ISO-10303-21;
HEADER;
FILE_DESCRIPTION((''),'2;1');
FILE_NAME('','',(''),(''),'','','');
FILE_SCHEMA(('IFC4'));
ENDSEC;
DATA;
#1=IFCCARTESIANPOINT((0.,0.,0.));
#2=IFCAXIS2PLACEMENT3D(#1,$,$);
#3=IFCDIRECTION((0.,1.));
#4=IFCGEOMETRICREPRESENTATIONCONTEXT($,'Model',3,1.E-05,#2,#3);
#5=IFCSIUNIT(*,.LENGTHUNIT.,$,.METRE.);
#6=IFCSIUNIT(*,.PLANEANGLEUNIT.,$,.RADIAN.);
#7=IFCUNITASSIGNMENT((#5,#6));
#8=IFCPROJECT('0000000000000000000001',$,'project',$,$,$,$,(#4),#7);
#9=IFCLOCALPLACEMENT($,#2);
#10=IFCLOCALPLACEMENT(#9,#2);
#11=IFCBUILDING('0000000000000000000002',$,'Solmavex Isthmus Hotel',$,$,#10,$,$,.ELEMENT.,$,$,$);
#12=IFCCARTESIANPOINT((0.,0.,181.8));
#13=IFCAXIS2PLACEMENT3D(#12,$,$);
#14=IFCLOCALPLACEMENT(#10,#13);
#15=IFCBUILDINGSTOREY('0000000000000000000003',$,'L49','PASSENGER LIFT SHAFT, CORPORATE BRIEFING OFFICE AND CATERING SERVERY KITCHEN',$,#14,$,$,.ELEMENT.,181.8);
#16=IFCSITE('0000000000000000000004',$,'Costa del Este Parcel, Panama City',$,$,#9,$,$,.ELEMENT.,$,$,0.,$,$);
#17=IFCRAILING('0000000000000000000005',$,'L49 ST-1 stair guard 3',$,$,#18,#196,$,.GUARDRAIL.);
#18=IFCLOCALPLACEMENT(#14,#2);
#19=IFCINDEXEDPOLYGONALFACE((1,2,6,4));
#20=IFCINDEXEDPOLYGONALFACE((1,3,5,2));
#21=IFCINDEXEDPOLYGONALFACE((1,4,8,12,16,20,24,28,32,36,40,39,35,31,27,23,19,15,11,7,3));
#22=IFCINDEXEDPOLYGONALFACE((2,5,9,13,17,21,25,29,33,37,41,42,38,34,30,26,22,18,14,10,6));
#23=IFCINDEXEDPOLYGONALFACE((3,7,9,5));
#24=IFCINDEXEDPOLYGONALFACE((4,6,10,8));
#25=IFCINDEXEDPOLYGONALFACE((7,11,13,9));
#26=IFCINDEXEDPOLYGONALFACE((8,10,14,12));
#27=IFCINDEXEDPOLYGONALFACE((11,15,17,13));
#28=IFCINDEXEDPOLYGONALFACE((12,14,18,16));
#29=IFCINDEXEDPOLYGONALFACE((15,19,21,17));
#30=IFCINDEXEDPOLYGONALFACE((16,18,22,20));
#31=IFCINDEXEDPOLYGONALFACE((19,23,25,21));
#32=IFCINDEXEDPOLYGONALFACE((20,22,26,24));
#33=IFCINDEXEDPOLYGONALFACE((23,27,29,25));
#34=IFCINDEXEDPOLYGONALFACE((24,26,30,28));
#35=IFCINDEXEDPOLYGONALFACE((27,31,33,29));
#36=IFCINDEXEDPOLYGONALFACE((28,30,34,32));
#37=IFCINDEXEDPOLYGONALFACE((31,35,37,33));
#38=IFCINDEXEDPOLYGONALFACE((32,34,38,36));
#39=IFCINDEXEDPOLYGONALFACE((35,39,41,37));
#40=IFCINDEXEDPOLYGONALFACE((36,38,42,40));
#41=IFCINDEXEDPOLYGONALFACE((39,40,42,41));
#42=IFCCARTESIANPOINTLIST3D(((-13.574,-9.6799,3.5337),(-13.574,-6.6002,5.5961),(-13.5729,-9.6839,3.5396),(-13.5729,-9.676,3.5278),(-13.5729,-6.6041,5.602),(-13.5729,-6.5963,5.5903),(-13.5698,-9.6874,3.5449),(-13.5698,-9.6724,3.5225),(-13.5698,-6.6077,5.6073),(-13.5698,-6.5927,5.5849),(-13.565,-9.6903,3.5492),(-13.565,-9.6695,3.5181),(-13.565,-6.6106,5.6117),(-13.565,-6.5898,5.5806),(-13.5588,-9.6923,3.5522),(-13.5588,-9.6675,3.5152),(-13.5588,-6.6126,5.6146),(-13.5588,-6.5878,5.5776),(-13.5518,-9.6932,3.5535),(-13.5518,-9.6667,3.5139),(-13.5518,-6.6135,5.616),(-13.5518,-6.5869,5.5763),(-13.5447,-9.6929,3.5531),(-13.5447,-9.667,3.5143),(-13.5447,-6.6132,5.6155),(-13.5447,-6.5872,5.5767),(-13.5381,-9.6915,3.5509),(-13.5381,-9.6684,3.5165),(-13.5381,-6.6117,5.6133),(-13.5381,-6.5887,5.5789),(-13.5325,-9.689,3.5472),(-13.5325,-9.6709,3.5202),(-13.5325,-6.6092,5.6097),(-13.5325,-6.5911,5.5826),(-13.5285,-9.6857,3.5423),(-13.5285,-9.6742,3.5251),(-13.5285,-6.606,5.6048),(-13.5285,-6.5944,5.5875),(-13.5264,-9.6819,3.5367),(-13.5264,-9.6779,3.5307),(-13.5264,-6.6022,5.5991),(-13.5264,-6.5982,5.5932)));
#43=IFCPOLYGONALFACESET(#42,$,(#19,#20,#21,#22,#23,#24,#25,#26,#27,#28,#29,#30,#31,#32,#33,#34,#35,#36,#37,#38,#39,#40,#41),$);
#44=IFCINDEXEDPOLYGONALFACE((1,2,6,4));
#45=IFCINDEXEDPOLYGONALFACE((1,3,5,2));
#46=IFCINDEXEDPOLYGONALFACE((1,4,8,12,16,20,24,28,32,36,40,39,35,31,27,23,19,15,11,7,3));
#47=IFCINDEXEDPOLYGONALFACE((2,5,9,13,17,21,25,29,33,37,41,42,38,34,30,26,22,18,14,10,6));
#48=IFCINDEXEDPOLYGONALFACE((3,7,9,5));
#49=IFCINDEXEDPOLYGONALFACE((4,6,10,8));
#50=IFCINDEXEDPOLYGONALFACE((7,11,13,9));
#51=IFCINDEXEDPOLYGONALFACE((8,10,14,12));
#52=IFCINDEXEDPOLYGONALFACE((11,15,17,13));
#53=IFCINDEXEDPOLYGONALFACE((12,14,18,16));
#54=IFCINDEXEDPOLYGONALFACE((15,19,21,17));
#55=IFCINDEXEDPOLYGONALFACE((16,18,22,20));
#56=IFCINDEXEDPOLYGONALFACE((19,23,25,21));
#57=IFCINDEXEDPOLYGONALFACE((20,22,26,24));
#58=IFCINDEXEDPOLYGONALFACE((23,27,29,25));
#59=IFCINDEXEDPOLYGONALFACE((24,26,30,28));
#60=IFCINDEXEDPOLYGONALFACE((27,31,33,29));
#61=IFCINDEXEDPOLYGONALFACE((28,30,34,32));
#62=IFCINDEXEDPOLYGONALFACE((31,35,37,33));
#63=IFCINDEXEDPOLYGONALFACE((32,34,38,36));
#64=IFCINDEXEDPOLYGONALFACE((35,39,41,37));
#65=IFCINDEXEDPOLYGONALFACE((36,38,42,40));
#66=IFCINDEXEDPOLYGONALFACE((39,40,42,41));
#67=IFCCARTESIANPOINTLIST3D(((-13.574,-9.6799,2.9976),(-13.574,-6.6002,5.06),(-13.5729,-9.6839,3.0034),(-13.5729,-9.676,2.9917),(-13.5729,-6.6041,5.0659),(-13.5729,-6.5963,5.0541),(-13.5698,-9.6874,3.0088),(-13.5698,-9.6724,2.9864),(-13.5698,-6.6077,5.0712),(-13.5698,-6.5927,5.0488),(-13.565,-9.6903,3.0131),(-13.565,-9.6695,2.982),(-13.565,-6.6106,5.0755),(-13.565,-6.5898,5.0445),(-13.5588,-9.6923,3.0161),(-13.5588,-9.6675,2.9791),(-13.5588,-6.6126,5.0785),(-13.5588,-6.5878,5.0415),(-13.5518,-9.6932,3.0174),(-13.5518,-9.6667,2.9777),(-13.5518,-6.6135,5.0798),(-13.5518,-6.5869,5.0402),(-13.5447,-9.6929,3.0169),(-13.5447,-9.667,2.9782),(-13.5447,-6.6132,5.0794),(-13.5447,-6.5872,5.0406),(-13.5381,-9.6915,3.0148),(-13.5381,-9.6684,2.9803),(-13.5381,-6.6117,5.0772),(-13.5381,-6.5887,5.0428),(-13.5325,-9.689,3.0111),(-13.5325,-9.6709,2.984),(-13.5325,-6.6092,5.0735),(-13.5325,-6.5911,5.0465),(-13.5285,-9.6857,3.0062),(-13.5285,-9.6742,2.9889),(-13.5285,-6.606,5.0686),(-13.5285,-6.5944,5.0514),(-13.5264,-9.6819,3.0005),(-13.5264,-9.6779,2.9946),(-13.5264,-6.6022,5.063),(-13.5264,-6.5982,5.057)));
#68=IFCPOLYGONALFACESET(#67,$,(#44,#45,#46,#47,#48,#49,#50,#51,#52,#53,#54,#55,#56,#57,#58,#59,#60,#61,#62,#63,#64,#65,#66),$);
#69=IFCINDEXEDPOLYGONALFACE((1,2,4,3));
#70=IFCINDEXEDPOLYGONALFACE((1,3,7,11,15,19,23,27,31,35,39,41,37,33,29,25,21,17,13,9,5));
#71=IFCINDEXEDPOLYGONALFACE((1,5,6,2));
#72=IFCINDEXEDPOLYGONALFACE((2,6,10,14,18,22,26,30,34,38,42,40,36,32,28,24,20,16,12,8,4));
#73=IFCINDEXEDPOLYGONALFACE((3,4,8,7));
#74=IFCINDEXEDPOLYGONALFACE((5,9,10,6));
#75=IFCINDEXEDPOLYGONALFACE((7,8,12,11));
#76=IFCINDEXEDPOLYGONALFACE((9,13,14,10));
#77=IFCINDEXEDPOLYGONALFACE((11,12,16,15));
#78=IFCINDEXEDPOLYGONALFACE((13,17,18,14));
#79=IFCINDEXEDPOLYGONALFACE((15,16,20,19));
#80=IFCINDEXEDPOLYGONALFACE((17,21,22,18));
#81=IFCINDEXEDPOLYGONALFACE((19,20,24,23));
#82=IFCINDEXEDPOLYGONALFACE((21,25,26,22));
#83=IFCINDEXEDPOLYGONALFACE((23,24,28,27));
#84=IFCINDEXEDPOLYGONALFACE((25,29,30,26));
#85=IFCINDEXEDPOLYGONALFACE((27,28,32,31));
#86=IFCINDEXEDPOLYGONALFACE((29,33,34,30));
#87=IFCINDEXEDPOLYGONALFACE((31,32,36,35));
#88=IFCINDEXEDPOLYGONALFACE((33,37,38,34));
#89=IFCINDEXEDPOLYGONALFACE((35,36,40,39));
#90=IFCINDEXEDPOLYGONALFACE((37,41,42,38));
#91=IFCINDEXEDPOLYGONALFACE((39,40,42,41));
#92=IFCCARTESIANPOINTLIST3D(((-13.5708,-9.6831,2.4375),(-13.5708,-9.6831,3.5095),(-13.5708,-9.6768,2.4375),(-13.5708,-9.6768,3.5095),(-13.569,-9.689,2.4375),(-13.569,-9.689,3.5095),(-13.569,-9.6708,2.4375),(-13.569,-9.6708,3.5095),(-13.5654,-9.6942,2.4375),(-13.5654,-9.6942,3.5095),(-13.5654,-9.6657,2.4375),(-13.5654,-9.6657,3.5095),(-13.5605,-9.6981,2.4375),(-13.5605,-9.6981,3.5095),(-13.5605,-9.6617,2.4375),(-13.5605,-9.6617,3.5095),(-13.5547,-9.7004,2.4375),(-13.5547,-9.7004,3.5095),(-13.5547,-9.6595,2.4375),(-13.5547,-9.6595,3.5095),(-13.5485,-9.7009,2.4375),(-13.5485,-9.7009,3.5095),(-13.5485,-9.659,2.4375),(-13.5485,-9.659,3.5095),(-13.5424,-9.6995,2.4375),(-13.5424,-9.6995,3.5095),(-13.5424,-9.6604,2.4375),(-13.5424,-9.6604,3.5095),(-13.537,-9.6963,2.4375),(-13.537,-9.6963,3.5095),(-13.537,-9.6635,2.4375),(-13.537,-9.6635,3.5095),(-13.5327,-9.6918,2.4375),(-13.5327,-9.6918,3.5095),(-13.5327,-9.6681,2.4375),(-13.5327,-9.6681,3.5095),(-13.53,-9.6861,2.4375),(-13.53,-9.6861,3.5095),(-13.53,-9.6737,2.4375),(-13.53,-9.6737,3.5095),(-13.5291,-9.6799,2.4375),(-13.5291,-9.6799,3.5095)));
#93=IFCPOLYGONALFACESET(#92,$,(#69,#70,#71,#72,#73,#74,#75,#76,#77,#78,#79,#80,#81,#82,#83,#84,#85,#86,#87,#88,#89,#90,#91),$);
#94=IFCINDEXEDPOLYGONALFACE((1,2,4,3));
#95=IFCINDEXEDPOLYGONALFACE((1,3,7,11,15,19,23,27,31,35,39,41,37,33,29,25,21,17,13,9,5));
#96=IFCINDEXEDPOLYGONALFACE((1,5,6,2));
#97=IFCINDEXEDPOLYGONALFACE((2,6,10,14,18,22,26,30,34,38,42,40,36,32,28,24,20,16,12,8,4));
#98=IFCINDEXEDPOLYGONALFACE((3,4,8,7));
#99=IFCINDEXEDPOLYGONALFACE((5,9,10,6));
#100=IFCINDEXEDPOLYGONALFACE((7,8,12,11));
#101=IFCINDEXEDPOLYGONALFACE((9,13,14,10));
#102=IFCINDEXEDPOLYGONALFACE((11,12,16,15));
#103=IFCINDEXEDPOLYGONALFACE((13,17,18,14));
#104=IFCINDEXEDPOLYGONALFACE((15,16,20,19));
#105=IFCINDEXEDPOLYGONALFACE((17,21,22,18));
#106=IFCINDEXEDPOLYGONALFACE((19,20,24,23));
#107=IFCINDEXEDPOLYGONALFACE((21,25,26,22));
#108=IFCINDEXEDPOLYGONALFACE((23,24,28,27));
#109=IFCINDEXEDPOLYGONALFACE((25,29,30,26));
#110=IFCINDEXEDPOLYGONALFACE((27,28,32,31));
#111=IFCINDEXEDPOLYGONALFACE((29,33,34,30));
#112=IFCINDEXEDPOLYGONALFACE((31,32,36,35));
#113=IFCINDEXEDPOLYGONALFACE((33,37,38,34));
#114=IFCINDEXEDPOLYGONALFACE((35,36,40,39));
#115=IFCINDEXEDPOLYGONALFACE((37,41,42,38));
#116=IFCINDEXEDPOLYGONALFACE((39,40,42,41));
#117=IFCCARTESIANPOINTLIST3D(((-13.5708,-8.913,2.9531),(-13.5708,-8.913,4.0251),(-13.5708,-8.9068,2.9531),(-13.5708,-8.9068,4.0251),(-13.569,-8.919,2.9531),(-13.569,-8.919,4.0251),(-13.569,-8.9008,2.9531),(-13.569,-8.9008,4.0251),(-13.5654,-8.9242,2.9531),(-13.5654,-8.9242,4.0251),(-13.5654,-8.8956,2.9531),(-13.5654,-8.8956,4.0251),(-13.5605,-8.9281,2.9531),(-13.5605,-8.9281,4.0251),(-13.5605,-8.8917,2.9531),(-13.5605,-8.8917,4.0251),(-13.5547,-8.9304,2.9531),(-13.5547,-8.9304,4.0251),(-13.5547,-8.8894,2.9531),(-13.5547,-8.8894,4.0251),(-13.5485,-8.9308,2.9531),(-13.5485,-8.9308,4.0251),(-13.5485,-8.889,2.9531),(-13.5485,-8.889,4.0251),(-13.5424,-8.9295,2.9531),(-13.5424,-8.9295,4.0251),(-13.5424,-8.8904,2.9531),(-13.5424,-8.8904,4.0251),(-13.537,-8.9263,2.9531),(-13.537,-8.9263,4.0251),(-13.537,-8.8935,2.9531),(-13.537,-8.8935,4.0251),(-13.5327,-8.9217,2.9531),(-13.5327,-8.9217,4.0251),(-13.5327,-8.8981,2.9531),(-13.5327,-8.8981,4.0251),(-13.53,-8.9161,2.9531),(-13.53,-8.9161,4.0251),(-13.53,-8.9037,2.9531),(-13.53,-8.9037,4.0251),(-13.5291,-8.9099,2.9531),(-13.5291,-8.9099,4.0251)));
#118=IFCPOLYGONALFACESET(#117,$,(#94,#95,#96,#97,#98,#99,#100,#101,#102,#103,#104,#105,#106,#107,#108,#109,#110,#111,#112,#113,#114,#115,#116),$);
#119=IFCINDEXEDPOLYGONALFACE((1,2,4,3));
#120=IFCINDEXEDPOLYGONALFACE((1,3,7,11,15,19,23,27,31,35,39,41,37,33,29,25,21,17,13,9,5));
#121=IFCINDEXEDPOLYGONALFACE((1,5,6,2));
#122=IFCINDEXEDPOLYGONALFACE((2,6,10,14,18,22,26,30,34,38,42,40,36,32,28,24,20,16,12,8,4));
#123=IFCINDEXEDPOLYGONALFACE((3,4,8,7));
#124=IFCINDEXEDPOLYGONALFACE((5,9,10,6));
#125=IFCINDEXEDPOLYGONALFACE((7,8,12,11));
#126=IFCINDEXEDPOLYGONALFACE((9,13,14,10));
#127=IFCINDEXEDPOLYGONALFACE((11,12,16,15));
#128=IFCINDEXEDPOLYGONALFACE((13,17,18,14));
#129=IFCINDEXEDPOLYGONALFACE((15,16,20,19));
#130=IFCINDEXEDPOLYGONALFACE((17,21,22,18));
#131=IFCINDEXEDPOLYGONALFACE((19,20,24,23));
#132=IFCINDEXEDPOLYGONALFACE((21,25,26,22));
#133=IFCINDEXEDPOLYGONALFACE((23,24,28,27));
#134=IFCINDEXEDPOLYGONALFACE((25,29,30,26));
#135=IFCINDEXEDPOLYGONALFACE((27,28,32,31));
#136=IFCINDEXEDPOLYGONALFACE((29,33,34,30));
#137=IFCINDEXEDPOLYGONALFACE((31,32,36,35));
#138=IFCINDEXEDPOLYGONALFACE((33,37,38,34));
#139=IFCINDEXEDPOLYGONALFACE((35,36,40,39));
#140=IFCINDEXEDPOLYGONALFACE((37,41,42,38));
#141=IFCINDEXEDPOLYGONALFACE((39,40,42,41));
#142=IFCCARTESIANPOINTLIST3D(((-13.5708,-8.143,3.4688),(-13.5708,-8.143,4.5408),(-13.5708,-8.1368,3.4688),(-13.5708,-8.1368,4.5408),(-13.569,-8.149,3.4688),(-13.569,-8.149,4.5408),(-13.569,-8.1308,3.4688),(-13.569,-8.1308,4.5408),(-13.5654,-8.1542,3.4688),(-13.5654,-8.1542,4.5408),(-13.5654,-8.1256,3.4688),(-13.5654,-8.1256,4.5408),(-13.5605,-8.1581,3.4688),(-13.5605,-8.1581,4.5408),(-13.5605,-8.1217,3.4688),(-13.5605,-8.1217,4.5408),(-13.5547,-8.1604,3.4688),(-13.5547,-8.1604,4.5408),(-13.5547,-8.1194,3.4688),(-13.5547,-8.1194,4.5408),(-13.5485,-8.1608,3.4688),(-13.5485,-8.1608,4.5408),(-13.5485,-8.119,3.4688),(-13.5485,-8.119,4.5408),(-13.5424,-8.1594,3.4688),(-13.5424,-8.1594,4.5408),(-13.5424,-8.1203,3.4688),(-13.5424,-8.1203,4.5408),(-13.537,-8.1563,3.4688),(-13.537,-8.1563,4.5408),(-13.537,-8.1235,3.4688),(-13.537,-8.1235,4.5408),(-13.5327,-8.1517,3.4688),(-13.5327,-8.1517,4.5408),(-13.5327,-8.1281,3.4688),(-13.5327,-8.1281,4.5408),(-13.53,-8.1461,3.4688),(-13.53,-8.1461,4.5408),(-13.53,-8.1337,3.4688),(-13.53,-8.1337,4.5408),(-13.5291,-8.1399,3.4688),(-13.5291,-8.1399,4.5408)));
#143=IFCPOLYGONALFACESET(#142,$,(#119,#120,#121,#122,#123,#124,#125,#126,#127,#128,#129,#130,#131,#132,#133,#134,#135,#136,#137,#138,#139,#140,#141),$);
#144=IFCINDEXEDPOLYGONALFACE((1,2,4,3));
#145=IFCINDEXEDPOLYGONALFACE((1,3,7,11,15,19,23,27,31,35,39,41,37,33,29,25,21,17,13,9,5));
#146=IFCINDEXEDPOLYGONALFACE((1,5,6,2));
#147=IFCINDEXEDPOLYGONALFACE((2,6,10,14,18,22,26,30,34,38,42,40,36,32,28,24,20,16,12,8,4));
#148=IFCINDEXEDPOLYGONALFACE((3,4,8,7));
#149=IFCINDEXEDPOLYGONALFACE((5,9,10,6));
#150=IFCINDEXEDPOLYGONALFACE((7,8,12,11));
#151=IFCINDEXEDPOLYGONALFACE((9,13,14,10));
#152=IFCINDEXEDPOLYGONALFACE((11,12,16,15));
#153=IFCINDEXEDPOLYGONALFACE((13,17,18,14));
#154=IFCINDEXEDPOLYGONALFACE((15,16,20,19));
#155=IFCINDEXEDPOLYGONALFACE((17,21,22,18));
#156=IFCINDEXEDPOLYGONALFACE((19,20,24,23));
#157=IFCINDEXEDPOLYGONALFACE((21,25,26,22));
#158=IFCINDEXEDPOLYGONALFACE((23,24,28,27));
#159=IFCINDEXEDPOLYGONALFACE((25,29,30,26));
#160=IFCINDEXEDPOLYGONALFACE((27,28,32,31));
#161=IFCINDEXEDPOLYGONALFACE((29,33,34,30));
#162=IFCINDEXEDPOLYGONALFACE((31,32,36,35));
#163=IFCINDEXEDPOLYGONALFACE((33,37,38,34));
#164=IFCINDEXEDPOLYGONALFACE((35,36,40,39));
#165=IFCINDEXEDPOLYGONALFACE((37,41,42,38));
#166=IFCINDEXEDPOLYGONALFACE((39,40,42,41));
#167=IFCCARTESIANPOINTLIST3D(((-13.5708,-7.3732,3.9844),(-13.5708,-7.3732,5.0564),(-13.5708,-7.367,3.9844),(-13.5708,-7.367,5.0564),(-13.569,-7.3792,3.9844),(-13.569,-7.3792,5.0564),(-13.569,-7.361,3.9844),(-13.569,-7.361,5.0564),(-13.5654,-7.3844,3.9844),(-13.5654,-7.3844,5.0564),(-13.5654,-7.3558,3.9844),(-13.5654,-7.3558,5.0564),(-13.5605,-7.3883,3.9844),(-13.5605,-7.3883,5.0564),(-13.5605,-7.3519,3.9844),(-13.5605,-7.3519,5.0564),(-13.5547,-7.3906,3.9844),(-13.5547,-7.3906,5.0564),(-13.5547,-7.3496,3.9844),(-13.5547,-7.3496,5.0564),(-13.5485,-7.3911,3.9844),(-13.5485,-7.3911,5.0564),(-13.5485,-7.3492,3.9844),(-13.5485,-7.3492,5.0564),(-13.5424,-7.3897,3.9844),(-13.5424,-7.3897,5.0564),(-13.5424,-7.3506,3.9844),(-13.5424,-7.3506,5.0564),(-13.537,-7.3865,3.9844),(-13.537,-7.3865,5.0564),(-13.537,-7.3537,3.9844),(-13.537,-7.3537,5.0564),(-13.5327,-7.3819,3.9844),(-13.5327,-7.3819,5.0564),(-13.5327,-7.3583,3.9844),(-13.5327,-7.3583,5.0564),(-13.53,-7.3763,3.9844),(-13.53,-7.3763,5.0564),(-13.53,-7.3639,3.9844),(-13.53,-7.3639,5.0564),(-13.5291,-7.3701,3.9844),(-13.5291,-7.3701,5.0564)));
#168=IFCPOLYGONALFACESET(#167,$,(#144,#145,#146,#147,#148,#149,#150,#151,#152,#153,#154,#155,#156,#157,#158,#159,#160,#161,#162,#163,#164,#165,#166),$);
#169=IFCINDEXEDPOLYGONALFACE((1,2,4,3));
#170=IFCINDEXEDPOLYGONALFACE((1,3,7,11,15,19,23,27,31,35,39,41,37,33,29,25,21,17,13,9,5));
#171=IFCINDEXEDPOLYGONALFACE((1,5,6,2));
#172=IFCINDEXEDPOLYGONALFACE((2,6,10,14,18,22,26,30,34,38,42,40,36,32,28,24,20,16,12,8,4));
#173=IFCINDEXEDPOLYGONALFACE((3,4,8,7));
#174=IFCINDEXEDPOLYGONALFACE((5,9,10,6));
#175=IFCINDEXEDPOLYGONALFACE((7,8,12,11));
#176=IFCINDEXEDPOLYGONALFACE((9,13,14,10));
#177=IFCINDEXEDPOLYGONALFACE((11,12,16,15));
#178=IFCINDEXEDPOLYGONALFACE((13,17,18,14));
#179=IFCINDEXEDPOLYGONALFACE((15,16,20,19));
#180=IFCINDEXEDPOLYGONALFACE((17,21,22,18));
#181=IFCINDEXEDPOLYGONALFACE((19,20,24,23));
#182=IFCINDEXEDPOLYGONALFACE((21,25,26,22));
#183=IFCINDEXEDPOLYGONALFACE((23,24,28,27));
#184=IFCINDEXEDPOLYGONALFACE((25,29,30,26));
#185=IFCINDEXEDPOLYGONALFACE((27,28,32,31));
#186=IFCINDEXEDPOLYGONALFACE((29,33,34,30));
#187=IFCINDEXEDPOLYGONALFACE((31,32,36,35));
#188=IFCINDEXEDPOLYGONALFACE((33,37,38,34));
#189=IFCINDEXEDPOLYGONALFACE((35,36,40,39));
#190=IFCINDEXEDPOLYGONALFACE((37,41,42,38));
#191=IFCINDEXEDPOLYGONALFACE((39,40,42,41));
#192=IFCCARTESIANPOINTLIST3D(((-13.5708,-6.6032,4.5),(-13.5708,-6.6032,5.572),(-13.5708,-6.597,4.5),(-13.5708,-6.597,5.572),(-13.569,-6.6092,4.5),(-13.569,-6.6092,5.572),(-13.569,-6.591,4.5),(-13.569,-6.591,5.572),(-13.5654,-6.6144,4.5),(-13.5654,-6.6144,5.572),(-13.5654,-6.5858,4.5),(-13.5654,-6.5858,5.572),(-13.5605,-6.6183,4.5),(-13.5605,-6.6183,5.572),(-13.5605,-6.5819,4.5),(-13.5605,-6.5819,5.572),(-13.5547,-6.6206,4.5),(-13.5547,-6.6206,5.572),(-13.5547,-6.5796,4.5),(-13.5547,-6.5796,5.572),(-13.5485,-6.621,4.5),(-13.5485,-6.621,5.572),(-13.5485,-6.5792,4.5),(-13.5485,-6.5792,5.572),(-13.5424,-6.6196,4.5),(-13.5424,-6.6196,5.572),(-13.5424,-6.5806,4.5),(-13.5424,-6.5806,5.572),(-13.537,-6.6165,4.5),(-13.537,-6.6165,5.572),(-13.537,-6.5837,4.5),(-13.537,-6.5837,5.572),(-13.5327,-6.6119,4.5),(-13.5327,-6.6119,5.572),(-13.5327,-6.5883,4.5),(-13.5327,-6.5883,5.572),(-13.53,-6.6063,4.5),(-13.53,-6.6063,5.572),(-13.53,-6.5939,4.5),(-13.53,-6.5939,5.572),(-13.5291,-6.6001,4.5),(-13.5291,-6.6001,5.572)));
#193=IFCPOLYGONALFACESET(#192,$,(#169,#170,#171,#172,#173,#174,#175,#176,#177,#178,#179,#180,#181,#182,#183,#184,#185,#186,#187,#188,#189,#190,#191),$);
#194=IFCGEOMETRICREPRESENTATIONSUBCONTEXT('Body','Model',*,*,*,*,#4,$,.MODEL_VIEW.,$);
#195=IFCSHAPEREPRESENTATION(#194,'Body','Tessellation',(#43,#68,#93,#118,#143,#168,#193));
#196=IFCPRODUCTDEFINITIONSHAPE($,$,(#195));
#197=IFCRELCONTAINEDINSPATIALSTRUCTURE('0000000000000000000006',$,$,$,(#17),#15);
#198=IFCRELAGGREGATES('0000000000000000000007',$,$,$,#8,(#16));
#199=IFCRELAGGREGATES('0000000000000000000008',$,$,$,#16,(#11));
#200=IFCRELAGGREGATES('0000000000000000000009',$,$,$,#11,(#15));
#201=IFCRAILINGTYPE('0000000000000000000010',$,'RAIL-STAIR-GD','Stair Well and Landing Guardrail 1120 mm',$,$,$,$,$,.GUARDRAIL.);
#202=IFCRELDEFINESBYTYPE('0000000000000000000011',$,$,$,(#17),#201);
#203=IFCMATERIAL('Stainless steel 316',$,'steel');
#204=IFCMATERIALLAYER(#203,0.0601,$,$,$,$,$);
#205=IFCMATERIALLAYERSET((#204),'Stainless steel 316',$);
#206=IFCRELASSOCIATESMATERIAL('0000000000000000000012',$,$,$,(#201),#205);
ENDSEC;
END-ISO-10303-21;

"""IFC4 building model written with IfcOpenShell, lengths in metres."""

from ifc_helpers import new_model, si_unit, direction, frame, origin, origin_2d, place, context, subcontext, project, spatial, circle, extrude, material, layer, layer_set, type_object, element, save


model = new_model("IFC4")

# Units and contexts
model_context = context("Model", 3, precision=1e-05, world=origin(), true_north=direction((0.0, 1.0)))
body_context = subcontext(model_context, "Body", "Model", "MODEL_VIEW")
ifc_project = project(units=[si_unit("LENGTHUNIT", "METRE"), si_unit("PLANEANGLEUNIT", "RADIAN")], contexts=[model_context])

# Site, building, storey
site_placement = place(None, origin())
site = spatial("IfcSite", under=ifc_project, at=site_placement, Name="Costa del Este Parcel, Panama City", CompositionType="ELEMENT", RefElevation=0.0)
building_placement = place(site_placement, origin())
building = spatial("IfcBuilding", under=site, at=building_placement, Name="Solmavex Isthmus Hotel", CompositionType="ELEMENT")
storey_placement = place(building_placement, frame((0.0, 0.0, 181.8)))
storey = spatial("IfcBuildingStorey", under=building, at=storey_placement, Name="L49", Description="PASSENGER LIFT SHAFT, CORPORATE BRIEFING OFFICE AND CATERING SERVERY KITCHEN", CompositionType="ELEMENT", Elevation=181.8)

# Railing
ifc_material_1 = material(Name="Stainless steel 316", Category="steel")
ifc_layer_1 = layer(ifc_material_1, 0.0601)
ifc_layer_set_1 = layer_set([ifc_layer_1], Name="Stainless steel 316")
railing_type_1 = type_object("IfcRailingType", Name="RAIL-STAIR-GD", Description="Stair Well and Landing Guardrail 1120 mm", PredefinedType="GUARDRAIL", material=ifc_layer_set_1)
railing_1_placement = place(storey_placement, frame((-13.55, -9.6799, 2.4375)))
element("IfcRailing", 1, at=railing_1_placement, inside=storey, type_object=railing_type_1, Name="L49 ST-1 stair guard 3", PredefinedType="GUARDRAIL", context=body_context, shape_type="SweptSolid", body=[
    extrude(circle(Radius=0.0239, at=origin_2d()), frame((0.0, 0.0, 1.0962), z_axis=(0.0, 0.830893, 0.556432), x_axis=(-1.0, 0.0, 0.0)), (0.0, 0.0, 1.0), 3.7065),
    extrude(circle(Radius=0.0239, at=origin_2d()), frame((0.0, 0.0, 0.5601), z_axis=(0.0, 0.830893, 0.556432), x_axis=(-1.0, 0.0, 0.0)), (0.0, 0.0, 1.0), 3.7065),
    extrude(circle(Radius=0.021, at=origin_2d()), origin(), (0.0, 0.0, 1.0), 1.072),
    extrude(circle(Radius=0.021, at=origin_2d()), frame((0.0, 0.77, 0.5156)), (0.0, 0.0, 1.0), 1.072),
    extrude(circle(Radius=0.021, at=origin_2d()), frame((0.0, 1.54, 1.0312)), (0.0, 0.0, 1.0), 1.072),
    extrude(circle(Radius=0.021, at=origin_2d()), frame((0.0, 2.3098, 1.5469)), (0.0, 0.0, 1.0), 1.072),
    extrude(circle(Radius=0.021, at=origin_2d()), frame((0.0, 3.0798, 2.0625)), (0.0, 0.0, 1.0), 1.072),
])

save(model, "model.ifc")
